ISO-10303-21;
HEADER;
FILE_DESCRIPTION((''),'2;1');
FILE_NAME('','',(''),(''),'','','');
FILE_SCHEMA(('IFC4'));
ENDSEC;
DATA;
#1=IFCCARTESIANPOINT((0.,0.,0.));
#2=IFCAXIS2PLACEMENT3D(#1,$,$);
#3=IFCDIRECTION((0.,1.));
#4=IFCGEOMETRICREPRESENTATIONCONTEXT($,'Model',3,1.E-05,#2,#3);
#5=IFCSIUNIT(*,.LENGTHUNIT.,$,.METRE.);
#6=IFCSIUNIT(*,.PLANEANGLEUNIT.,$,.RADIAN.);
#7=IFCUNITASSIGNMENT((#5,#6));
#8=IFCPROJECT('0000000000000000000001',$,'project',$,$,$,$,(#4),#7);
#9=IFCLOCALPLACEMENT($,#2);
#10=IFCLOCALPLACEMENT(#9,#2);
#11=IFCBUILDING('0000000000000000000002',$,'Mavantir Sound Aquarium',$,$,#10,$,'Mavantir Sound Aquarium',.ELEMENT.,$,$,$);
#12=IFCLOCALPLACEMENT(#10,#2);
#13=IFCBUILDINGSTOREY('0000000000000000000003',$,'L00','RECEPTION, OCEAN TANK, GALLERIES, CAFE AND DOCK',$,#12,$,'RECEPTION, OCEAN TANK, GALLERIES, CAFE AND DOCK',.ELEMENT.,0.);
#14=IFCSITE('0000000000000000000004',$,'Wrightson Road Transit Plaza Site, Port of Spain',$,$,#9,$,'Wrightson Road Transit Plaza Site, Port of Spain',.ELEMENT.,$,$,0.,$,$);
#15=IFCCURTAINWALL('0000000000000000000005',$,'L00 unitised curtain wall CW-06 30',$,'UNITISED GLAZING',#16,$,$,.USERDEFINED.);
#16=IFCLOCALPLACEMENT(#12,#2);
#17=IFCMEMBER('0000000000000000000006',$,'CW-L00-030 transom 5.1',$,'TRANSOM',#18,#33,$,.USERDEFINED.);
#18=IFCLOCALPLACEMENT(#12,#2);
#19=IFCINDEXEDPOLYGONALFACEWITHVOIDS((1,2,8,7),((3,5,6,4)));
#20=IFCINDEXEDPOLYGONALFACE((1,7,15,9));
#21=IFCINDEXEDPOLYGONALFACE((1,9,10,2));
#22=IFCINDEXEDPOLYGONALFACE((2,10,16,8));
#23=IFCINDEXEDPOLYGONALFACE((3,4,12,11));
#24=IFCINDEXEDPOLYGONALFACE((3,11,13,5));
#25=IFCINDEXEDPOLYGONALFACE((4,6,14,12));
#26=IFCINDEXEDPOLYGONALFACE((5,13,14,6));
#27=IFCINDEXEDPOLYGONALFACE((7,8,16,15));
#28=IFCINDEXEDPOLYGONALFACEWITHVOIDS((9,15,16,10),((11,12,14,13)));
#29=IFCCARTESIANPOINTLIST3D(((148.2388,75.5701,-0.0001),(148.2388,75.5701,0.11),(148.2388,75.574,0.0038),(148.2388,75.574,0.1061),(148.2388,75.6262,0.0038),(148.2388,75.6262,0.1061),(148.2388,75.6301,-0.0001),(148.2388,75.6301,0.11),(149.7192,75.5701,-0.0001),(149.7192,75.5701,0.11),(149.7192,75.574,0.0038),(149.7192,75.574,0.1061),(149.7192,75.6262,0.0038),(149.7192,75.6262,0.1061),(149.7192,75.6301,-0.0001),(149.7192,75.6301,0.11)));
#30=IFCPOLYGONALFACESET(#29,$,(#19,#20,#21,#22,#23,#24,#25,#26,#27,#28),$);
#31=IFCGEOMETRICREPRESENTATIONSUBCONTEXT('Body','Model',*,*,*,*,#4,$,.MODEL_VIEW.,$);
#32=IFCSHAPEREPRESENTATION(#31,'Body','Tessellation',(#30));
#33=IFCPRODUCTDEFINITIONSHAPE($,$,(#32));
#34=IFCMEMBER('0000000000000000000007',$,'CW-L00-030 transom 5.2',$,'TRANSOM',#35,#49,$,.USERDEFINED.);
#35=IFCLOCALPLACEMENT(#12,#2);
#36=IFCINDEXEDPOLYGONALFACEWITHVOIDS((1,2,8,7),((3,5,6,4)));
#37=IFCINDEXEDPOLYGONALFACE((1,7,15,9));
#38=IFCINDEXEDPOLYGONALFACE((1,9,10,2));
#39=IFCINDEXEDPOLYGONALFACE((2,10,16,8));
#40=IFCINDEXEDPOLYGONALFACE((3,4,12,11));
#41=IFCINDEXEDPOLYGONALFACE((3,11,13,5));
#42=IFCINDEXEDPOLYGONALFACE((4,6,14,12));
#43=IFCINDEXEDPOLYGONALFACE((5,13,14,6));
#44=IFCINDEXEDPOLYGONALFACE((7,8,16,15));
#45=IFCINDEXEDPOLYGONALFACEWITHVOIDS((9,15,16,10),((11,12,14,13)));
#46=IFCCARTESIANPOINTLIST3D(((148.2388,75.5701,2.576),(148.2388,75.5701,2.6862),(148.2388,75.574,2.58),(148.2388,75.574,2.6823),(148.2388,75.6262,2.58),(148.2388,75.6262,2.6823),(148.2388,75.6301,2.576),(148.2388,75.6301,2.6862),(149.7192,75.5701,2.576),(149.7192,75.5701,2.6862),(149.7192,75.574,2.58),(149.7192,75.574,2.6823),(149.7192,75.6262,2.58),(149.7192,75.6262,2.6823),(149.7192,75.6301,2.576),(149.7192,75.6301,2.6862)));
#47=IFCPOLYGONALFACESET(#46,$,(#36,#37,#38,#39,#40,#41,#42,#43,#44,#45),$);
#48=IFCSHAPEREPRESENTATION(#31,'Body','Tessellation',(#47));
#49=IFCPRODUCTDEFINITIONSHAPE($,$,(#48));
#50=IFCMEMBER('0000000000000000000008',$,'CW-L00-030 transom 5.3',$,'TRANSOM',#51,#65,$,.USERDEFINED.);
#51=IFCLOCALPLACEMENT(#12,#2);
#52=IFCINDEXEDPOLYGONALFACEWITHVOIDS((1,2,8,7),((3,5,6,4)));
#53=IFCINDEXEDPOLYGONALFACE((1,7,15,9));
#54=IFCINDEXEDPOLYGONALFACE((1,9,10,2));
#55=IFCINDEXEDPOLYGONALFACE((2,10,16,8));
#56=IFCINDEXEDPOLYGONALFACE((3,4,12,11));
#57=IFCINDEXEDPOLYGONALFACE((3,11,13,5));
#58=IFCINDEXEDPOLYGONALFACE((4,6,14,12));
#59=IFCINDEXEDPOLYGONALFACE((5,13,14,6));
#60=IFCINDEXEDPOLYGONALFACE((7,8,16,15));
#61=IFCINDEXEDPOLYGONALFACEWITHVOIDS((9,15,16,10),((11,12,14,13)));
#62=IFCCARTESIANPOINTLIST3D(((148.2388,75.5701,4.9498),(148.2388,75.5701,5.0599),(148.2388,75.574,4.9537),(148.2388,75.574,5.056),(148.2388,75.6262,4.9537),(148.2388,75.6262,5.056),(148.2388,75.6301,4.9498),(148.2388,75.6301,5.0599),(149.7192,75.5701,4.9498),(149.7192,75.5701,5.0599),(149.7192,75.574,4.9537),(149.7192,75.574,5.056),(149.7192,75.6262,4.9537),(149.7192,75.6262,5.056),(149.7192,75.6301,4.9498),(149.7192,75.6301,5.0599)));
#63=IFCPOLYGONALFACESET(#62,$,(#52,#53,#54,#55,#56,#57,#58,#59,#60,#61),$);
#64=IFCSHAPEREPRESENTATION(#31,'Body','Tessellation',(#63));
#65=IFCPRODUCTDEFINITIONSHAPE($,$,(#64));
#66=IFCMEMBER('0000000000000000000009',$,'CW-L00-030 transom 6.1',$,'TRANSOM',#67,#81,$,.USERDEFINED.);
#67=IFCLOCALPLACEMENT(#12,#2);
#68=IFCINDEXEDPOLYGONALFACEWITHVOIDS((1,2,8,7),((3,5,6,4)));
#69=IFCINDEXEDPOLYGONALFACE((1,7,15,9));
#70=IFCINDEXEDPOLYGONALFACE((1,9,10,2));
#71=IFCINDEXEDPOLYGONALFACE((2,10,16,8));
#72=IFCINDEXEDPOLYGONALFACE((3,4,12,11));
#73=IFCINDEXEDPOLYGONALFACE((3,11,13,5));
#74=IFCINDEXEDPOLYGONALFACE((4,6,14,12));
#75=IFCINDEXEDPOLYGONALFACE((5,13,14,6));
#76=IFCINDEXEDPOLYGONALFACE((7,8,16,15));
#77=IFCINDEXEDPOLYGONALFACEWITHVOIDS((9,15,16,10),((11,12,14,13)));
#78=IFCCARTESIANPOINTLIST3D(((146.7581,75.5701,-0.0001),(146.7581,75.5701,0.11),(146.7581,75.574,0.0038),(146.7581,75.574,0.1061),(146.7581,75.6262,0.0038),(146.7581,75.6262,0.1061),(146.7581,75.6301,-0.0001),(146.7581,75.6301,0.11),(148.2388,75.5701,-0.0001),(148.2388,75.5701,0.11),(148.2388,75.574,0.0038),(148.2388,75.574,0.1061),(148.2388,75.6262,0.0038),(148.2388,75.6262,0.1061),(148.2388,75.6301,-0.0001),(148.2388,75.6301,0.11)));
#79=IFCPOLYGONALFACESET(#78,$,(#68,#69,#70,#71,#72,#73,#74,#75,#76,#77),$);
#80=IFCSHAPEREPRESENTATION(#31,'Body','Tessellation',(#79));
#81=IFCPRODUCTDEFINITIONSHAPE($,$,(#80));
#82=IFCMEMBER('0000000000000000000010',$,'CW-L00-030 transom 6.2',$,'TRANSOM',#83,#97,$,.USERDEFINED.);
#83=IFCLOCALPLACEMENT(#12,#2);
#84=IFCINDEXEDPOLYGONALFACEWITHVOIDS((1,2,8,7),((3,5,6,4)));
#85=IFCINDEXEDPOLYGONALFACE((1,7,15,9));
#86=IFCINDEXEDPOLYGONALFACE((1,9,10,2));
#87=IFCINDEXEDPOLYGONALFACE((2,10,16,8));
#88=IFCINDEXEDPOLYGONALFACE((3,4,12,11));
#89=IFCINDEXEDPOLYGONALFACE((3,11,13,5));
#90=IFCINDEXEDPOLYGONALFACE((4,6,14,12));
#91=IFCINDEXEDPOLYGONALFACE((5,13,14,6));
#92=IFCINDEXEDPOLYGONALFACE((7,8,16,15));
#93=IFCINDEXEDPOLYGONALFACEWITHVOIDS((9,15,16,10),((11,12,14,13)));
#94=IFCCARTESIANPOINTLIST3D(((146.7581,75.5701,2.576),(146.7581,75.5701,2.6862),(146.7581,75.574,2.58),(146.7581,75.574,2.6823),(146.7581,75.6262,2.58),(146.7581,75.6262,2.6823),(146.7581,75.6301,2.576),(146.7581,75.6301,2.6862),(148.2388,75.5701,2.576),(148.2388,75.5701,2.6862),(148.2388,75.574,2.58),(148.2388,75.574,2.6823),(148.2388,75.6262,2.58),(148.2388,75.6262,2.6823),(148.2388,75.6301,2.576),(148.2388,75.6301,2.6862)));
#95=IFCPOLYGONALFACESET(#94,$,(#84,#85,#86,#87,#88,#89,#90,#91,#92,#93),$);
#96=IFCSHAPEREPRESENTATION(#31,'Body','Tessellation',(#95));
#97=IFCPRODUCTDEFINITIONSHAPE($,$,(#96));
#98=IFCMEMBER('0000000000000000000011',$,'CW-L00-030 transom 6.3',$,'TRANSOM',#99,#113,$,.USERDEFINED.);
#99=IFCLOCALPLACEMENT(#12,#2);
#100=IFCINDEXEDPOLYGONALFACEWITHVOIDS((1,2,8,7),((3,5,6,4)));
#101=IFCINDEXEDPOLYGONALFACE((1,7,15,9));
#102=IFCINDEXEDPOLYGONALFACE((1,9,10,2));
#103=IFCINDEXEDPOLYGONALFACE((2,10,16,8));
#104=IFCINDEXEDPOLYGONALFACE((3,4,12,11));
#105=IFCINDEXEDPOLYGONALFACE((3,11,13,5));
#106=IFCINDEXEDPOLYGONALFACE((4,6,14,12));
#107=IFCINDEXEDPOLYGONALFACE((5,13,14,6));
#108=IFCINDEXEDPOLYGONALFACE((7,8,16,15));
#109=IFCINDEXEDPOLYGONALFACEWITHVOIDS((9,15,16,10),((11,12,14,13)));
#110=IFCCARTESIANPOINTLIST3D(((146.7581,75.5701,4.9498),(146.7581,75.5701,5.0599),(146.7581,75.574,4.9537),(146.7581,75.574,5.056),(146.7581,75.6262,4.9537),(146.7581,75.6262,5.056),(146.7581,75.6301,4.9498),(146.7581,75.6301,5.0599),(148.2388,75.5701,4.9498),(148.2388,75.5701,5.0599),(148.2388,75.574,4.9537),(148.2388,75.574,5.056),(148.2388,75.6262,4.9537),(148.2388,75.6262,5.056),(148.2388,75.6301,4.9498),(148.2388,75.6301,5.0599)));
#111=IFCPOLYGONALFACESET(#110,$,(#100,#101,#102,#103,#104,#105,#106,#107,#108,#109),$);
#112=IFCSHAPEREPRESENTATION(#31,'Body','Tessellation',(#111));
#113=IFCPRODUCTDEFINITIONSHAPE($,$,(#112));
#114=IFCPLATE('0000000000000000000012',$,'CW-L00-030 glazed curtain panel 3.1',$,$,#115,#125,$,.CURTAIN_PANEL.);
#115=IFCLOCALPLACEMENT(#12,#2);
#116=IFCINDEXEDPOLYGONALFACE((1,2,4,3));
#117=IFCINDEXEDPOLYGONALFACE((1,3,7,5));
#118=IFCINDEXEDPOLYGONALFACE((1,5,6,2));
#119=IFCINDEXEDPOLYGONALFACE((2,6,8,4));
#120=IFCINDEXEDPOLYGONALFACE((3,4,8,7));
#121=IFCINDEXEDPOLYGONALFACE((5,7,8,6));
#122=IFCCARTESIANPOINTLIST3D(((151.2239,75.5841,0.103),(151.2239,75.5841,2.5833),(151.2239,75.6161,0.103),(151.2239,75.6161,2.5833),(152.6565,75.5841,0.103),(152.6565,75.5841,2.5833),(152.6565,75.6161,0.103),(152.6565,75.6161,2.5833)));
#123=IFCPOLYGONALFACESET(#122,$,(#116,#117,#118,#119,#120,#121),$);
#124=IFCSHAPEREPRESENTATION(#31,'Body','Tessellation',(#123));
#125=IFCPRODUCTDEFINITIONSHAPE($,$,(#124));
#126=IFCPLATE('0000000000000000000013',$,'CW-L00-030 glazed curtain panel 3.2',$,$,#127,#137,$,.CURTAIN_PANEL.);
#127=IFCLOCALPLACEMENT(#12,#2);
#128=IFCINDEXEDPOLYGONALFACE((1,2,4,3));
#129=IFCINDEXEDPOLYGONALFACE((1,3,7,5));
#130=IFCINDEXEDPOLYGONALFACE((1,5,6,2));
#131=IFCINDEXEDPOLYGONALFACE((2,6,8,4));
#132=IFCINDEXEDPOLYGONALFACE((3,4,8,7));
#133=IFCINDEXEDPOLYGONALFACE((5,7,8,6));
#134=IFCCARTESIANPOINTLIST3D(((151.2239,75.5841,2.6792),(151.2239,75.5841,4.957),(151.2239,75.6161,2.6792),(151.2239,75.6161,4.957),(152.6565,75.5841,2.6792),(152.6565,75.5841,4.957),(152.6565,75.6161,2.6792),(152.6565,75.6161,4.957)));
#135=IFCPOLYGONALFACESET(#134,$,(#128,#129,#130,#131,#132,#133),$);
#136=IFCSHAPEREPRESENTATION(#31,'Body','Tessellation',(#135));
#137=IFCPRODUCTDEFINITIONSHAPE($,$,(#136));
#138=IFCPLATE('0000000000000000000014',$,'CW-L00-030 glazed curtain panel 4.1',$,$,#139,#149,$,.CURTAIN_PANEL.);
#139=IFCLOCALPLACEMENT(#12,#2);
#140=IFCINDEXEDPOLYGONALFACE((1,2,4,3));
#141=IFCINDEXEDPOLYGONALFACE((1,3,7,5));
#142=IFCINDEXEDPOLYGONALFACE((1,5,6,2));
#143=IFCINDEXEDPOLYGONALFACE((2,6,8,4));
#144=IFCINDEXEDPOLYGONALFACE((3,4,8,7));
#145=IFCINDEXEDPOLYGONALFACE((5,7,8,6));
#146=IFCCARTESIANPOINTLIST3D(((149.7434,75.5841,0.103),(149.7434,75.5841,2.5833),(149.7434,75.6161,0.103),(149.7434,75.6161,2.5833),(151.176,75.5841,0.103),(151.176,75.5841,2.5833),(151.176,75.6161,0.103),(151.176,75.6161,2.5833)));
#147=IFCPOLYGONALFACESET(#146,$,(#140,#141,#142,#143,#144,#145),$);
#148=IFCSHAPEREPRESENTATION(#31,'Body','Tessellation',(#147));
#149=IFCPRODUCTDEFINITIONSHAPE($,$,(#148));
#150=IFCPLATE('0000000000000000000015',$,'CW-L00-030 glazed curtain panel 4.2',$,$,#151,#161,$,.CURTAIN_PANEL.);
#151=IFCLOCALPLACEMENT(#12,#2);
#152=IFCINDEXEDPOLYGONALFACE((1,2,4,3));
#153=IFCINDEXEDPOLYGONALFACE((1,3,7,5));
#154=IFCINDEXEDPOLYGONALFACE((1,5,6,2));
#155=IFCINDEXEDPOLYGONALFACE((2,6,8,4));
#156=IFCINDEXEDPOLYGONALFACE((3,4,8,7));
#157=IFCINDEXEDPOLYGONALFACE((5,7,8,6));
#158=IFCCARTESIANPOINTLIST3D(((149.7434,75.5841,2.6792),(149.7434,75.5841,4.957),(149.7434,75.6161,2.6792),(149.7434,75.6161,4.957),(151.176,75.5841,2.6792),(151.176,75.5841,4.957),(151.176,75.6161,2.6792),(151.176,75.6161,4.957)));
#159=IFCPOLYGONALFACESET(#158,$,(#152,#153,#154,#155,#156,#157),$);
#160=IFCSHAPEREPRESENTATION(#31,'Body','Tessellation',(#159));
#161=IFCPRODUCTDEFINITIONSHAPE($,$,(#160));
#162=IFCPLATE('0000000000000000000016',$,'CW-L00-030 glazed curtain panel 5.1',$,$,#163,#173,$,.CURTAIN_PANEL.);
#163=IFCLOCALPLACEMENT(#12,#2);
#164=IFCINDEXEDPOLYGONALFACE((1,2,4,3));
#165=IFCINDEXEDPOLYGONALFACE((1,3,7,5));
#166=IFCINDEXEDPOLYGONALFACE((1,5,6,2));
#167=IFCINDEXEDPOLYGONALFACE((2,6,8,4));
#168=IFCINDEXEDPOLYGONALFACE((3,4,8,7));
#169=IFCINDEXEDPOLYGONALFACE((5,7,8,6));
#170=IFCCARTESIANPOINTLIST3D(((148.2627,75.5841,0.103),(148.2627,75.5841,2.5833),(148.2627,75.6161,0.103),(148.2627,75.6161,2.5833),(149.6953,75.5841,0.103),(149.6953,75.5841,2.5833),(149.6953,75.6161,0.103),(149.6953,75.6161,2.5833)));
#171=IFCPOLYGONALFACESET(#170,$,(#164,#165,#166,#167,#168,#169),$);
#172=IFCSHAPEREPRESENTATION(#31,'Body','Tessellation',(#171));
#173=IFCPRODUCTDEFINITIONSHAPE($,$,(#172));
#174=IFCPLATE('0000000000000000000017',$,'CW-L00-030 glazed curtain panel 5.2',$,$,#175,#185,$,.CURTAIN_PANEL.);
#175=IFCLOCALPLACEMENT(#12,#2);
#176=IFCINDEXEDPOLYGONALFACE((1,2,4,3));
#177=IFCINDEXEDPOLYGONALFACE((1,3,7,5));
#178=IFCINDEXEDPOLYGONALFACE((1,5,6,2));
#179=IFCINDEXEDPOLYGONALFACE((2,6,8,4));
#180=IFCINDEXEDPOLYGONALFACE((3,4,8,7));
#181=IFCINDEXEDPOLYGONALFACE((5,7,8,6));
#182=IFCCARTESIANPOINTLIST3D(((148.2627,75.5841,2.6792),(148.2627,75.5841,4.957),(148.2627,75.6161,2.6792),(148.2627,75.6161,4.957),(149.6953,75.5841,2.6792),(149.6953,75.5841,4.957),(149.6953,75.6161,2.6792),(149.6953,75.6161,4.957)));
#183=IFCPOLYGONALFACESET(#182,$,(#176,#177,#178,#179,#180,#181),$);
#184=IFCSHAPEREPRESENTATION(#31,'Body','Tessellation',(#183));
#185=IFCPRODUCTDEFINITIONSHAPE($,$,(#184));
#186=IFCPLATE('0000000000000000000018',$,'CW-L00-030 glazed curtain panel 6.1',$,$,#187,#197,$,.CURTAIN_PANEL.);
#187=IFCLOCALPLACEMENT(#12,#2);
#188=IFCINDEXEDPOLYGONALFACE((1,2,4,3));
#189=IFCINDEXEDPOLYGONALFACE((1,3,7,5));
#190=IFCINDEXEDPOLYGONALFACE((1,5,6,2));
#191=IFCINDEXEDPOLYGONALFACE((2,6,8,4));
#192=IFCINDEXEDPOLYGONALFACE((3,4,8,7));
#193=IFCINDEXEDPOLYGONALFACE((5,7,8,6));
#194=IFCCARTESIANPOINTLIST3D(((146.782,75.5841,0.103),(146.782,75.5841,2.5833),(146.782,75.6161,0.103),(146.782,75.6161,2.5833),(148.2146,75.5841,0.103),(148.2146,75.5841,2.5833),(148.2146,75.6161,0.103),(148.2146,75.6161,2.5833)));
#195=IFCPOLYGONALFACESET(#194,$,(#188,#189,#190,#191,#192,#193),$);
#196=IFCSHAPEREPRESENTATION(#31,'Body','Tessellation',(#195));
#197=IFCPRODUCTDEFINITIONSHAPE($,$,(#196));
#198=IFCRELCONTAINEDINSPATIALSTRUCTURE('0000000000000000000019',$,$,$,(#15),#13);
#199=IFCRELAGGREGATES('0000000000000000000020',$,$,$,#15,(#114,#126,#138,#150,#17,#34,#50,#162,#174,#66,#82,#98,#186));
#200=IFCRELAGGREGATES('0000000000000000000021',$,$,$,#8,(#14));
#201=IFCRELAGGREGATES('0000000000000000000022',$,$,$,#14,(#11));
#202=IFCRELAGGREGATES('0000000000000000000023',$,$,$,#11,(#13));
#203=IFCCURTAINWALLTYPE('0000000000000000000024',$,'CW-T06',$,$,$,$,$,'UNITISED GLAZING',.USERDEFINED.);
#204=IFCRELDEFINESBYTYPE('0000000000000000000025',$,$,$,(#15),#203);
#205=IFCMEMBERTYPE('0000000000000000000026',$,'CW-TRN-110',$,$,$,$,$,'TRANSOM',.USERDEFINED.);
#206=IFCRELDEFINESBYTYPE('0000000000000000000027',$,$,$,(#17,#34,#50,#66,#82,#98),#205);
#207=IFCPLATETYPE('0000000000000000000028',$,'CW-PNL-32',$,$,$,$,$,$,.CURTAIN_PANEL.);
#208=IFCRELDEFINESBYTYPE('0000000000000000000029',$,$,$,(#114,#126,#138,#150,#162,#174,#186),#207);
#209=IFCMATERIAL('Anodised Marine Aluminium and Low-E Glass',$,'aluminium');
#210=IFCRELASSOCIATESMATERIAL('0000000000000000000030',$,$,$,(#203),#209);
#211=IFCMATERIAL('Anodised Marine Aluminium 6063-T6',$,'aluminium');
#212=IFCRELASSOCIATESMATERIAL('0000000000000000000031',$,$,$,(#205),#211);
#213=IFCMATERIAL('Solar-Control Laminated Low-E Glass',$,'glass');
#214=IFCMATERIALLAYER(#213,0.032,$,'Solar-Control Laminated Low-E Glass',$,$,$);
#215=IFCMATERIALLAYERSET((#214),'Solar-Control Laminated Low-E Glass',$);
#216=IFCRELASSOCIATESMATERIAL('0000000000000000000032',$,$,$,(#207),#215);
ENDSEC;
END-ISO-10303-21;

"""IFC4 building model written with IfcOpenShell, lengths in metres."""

from ifc_helpers import new_model, si_unit, direction, frame, origin, origin_2d, place, context, subcontext, project, spatial, rectangle, hollow_rectangle, extrude, material, layer, layer_set, material_profile, profile_set, type_object, element, aggregate, save


model = new_model("IFC4")

# Units and contexts
model_context = context("Model", 3, precision=1e-05, world=origin(), true_north=direction((0.0, 1.0)))
body_context = subcontext(model_context, "Body", "Model", "MODEL_VIEW")
ifc_project = project(units=[si_unit("LENGTHUNIT", "METRE"), si_unit("PLANEANGLEUNIT", "RADIAN")], contexts=[model_context])

# Site, building, storey
site_placement = place(None, origin())
site = spatial("IfcSite", under=ifc_project, at=site_placement, Name="Wrightson Road Transit Plaza Site, Port of Spain", LongName="Wrightson Road Transit Plaza Site, Port of Spain", CompositionType="ELEMENT", RefElevation=0.0)
building_placement = place(site_placement, origin())
building = spatial("IfcBuilding", under=site, at=building_placement, Name="Mavantir Sound Aquarium", LongName="Mavantir Sound Aquarium", CompositionType="ELEMENT")
storey_placement = place(building_placement, origin())
storey = spatial("IfcBuildingStorey", under=building, at=storey_placement, Name="L00", Description="RECEPTION, OCEAN TANK, GALLERIES, CAFE AND DOCK", LongName="RECEPTION, OCEAN TANK, GALLERIES, CAFE AND DOCK", CompositionType="ELEMENT", Elevation=0.0)

# Curtain wall, members, plates
ifc_material_1 = material(Name="Anodised Marine Aluminium and Low-E Glass", Category="aluminium")
curtain_wall_type = type_object("IfcCurtainWallType", Name="CW-T06", ElementType="UNITISED GLAZING", PredefinedType="USERDEFINED", material=ifc_material_1)
curtain_wall_placement = place(storey_placement, origin())
curtain_wall = element("IfcCurtainWall", 1, at=curtain_wall_placement, inside=storey, type_object=curtain_wall_type, Name="L00 unitised curtain wall CW-06 30", ObjectType="UNITISED GLAZING", PredefinedType="USERDEFINED")
ifc_material_2 = material(Name="Anodised Marine Aluminium 6063-T6", Category="aluminium")
ifc_material_profile_1 = material_profile(ifc_material_2, hollow_rectangle(XDim=0.0601, YDim=0.1101, WallThickness=0.0039, at=origin_2d()), Name="ALU-TRANSOM-110X60")
ifc_profile_set_1 = profile_set([ifc_material_profile_1], Name="Anodised Marine Aluminium 6063-T6")
member_type_1 = type_object("IfcMemberType", Name="CW-TRN-110", ElementType="TRANSOM", PredefinedType="USERDEFINED", material=ifc_profile_set_1)
member_1_placement = place(storey_placement, frame((149.7192, 75.6001, 0.0549), z_axis=(-1.0, 0.0, 0.0), x_axis=(0.0, -1.0, 0.0)))
member_1 = element("IfcMember", 2, at=member_1_placement, type_object=member_type_1, Name="CW-L00-030 transom 5.1", ObjectType="TRANSOM", PredefinedType="USERDEFINED", context=body_context, shape_type="SweptSolid", body=[
    extrude(hollow_rectangle(XDim=0.0601, YDim=0.1101, WallThickness=0.0039, at=origin_2d()), origin(), (0.0, 0.0, 1.0), 1.4805),
])
member_2_placement = place(storey_placement, frame((149.7192, 75.6001, 2.6311), z_axis=(-1.0, 0.0, 0.0), x_axis=(0.0, -1.0, 0.0)))
member_2 = element("IfcMember", 3, at=member_2_placement, type_object=member_type_1, Name="CW-L00-030 transom 5.2", ObjectType="TRANSOM", PredefinedType="USERDEFINED", context=body_context, shape_type="SweptSolid", body=[
    extrude(hollow_rectangle(XDim=0.0601, YDim=0.1101, WallThickness=0.0039, at=origin_2d()), origin(), (0.0, 0.0, 1.0), 1.4805),
])
member_3_placement = place(storey_placement, frame((149.7192, 75.6001, 5.0049), z_axis=(-1.0, 0.0, 0.0), x_axis=(0.0, -1.0, 0.0)))
member_3 = element("IfcMember", 4, at=member_3_placement, type_object=member_type_1, Name="CW-L00-030 transom 5.3", ObjectType="TRANSOM", PredefinedType="USERDEFINED", context=body_context, shape_type="SweptSolid", body=[
    extrude(hollow_rectangle(XDim=0.0601, YDim=0.1101, WallThickness=0.0039, at=origin_2d()), origin(), (0.0, 0.0, 1.0), 1.4805),
])
member_4_placement = place(storey_placement, frame((148.2388, 75.6001, 0.0549), z_axis=(-1.0, 0.0, 0.0), x_axis=(0.0, -1.0, 0.0)))
member_4 = element("IfcMember", 5, at=member_4_placement, type_object=member_type_1, Name="CW-L00-030 transom 6.1", ObjectType="TRANSOM", PredefinedType="USERDEFINED", context=body_context, shape_type="SweptSolid", body=[
    extrude(hollow_rectangle(XDim=0.0601, YDim=0.1101, WallThickness=0.0039, at=origin_2d()), origin(), (0.0, 0.0, 1.0), 1.4807),
])
member_5_placement = place(storey_placement, frame((148.2388, 75.6001, 2.6311), z_axis=(-1.0, 0.0, 0.0), x_axis=(0.0, -1.0, 0.0)))
member_5 = element("IfcMember", 6, at=member_5_placement, type_object=member_type_1, Name="CW-L00-030 transom 6.2", ObjectType="TRANSOM", PredefinedType="USERDEFINED", context=body_context, shape_type="SweptSolid", body=[
    extrude(hollow_rectangle(XDim=0.0601, YDim=0.1101, WallThickness=0.0039, at=origin_2d()), origin(), (0.0, 0.0, 1.0), 1.4807),
])
member_6_placement = place(storey_placement, frame((148.2388, 75.6001, 5.0049), z_axis=(-1.0, 0.0, 0.0), x_axis=(0.0, -1.0, 0.0)))
member_6 = element("IfcMember", 7, at=member_6_placement, type_object=member_type_1, Name="CW-L00-030 transom 6.3", ObjectType="TRANSOM", PredefinedType="USERDEFINED", context=body_context, shape_type="SweptSolid", body=[
    extrude(hollow_rectangle(XDim=0.0601, YDim=0.1101, WallThickness=0.0039, at=origin_2d()), origin(), (0.0, 0.0, 1.0), 1.4807),
])
ifc_material_3 = material(Name="Solar-Control Laminated Low-E Glass", Category="glass")
ifc_layer = layer(ifc_material_3, 0.032, Name="Solar-Control Laminated Low-E Glass")
ifc_layer_set = layer_set([ifc_layer], Name="Solar-Control Laminated Low-E Glass")
plate_type = type_object("IfcPlateType", Name="CW-PNL-32", PredefinedType="CURTAIN_PANEL", material=ifc_layer_set)
plate_1_placement = place(storey_placement, frame((151.9402, 75.6001, 0.103), z_axis=(0.0, 0.0, 1.0), x_axis=(-1.0, 0.0, 0.0)))
plate_1 = element("IfcPlate", 8, at=plate_1_placement, type_object=plate_type, Name="CW-L00-030 glazed curtain panel 3.1", PredefinedType="CURTAIN_PANEL", context=body_context, shape_type="SweptSolid", body=[
    extrude(rectangle(XDim=1.4326, YDim=0.032, at=origin_2d()), origin(), (0.0, 0.0, 1.0), 2.4802),
])
plate_2_placement = place(storey_placement, frame((151.9402, 75.6001, 2.6792), z_axis=(0.0, 0.0, 1.0), x_axis=(-1.0, 0.0, 0.0)))
plate_2 = element("IfcPlate", 9, at=plate_2_placement, type_object=plate_type, Name="CW-L00-030 glazed curtain panel 3.2", PredefinedType="CURTAIN_PANEL", context=body_context, shape_type="SweptSolid", body=[
    extrude(rectangle(XDim=1.4326, YDim=0.032, at=origin_2d()), origin(), (0.0, 0.0, 1.0), 2.2778),
])
plate_3_placement = place(storey_placement, frame((150.4597, 75.6001, 0.103), z_axis=(0.0, 0.0, 1.0), x_axis=(-1.0, 0.0, 0.0)))
plate_3 = element("IfcPlate", 10, at=plate_3_placement, type_object=plate_type, Name="CW-L00-030 glazed curtain panel 4.1", PredefinedType="CURTAIN_PANEL", context=body_context, shape_type="SweptSolid", body=[
    extrude(rectangle(XDim=1.4326, YDim=0.032, at=origin_2d()), origin(), (0.0, 0.0, 1.0), 2.4802),
])
plate_4_placement = place(storey_placement, frame((150.4597, 75.6001, 2.6792), z_axis=(0.0, 0.0, 1.0), x_axis=(-1.0, 0.0, 0.0)))
plate_4 = element("IfcPlate", 11, at=plate_4_placement, type_object=plate_type, Name="CW-L00-030 glazed curtain panel 4.2", PredefinedType="CURTAIN_PANEL", context=body_context, shape_type="SweptSolid", body=[
    extrude(rectangle(XDim=1.4326, YDim=0.032, at=origin_2d()), origin(), (0.0, 0.0, 1.0), 2.2778),
])
plate_5_placement = place(storey_placement, frame((148.979, 75.6001, 0.103), z_axis=(0.0, 0.0, 1.0), x_axis=(-1.0, 0.0, 0.0)))
plate_5 = element("IfcPlate", 12, at=plate_5_placement, type_object=plate_type, Name="CW-L00-030 glazed curtain panel 5.1", PredefinedType="CURTAIN_PANEL", context=body_context, shape_type="SweptSolid", body=[
    extrude(rectangle(XDim=1.4326, YDim=0.032, at=origin_2d()), origin(), (0.0, 0.0, 1.0), 2.4802),
])
plate_6_placement = place(storey_placement, frame((148.979, 75.6001, 2.6792), z_axis=(0.0, 0.0, 1.0), x_axis=(-1.0, 0.0, 0.0)))
plate_6 = element("IfcPlate", 13, at=plate_6_placement, type_object=plate_type, Name="CW-L00-030 glazed curtain panel 5.2", PredefinedType="CURTAIN_PANEL", context=body_context, shape_type="SweptSolid", body=[
    extrude(rectangle(XDim=1.4326, YDim=0.032, at=origin_2d()), origin(), (0.0, 0.0, 1.0), 2.2778),
])
plate_7_placement = place(storey_placement, frame((147.4983, 75.6001, 0.103), z_axis=(0.0, 0.0, 1.0), x_axis=(-1.0, 0.0, 0.0)))
plate_7 = element("IfcPlate", 14, at=plate_7_placement, type_object=plate_type, Name="CW-L00-030 glazed curtain panel 6.1", PredefinedType="CURTAIN_PANEL", context=body_context, shape_type="SweptSolid", body=[
    extrude(rectangle(XDim=1.4326, YDim=0.032, at=origin_2d()), origin(), (0.0, 0.0, 1.0), 2.4802),
])
aggregate(curtain_wall, [plate_1, plate_2, plate_3, plate_4, member_1, member_2, member_3, plate_5, plate_6, member_4, member_5, member_6, plate_7])

save(model, "model.ifc")
